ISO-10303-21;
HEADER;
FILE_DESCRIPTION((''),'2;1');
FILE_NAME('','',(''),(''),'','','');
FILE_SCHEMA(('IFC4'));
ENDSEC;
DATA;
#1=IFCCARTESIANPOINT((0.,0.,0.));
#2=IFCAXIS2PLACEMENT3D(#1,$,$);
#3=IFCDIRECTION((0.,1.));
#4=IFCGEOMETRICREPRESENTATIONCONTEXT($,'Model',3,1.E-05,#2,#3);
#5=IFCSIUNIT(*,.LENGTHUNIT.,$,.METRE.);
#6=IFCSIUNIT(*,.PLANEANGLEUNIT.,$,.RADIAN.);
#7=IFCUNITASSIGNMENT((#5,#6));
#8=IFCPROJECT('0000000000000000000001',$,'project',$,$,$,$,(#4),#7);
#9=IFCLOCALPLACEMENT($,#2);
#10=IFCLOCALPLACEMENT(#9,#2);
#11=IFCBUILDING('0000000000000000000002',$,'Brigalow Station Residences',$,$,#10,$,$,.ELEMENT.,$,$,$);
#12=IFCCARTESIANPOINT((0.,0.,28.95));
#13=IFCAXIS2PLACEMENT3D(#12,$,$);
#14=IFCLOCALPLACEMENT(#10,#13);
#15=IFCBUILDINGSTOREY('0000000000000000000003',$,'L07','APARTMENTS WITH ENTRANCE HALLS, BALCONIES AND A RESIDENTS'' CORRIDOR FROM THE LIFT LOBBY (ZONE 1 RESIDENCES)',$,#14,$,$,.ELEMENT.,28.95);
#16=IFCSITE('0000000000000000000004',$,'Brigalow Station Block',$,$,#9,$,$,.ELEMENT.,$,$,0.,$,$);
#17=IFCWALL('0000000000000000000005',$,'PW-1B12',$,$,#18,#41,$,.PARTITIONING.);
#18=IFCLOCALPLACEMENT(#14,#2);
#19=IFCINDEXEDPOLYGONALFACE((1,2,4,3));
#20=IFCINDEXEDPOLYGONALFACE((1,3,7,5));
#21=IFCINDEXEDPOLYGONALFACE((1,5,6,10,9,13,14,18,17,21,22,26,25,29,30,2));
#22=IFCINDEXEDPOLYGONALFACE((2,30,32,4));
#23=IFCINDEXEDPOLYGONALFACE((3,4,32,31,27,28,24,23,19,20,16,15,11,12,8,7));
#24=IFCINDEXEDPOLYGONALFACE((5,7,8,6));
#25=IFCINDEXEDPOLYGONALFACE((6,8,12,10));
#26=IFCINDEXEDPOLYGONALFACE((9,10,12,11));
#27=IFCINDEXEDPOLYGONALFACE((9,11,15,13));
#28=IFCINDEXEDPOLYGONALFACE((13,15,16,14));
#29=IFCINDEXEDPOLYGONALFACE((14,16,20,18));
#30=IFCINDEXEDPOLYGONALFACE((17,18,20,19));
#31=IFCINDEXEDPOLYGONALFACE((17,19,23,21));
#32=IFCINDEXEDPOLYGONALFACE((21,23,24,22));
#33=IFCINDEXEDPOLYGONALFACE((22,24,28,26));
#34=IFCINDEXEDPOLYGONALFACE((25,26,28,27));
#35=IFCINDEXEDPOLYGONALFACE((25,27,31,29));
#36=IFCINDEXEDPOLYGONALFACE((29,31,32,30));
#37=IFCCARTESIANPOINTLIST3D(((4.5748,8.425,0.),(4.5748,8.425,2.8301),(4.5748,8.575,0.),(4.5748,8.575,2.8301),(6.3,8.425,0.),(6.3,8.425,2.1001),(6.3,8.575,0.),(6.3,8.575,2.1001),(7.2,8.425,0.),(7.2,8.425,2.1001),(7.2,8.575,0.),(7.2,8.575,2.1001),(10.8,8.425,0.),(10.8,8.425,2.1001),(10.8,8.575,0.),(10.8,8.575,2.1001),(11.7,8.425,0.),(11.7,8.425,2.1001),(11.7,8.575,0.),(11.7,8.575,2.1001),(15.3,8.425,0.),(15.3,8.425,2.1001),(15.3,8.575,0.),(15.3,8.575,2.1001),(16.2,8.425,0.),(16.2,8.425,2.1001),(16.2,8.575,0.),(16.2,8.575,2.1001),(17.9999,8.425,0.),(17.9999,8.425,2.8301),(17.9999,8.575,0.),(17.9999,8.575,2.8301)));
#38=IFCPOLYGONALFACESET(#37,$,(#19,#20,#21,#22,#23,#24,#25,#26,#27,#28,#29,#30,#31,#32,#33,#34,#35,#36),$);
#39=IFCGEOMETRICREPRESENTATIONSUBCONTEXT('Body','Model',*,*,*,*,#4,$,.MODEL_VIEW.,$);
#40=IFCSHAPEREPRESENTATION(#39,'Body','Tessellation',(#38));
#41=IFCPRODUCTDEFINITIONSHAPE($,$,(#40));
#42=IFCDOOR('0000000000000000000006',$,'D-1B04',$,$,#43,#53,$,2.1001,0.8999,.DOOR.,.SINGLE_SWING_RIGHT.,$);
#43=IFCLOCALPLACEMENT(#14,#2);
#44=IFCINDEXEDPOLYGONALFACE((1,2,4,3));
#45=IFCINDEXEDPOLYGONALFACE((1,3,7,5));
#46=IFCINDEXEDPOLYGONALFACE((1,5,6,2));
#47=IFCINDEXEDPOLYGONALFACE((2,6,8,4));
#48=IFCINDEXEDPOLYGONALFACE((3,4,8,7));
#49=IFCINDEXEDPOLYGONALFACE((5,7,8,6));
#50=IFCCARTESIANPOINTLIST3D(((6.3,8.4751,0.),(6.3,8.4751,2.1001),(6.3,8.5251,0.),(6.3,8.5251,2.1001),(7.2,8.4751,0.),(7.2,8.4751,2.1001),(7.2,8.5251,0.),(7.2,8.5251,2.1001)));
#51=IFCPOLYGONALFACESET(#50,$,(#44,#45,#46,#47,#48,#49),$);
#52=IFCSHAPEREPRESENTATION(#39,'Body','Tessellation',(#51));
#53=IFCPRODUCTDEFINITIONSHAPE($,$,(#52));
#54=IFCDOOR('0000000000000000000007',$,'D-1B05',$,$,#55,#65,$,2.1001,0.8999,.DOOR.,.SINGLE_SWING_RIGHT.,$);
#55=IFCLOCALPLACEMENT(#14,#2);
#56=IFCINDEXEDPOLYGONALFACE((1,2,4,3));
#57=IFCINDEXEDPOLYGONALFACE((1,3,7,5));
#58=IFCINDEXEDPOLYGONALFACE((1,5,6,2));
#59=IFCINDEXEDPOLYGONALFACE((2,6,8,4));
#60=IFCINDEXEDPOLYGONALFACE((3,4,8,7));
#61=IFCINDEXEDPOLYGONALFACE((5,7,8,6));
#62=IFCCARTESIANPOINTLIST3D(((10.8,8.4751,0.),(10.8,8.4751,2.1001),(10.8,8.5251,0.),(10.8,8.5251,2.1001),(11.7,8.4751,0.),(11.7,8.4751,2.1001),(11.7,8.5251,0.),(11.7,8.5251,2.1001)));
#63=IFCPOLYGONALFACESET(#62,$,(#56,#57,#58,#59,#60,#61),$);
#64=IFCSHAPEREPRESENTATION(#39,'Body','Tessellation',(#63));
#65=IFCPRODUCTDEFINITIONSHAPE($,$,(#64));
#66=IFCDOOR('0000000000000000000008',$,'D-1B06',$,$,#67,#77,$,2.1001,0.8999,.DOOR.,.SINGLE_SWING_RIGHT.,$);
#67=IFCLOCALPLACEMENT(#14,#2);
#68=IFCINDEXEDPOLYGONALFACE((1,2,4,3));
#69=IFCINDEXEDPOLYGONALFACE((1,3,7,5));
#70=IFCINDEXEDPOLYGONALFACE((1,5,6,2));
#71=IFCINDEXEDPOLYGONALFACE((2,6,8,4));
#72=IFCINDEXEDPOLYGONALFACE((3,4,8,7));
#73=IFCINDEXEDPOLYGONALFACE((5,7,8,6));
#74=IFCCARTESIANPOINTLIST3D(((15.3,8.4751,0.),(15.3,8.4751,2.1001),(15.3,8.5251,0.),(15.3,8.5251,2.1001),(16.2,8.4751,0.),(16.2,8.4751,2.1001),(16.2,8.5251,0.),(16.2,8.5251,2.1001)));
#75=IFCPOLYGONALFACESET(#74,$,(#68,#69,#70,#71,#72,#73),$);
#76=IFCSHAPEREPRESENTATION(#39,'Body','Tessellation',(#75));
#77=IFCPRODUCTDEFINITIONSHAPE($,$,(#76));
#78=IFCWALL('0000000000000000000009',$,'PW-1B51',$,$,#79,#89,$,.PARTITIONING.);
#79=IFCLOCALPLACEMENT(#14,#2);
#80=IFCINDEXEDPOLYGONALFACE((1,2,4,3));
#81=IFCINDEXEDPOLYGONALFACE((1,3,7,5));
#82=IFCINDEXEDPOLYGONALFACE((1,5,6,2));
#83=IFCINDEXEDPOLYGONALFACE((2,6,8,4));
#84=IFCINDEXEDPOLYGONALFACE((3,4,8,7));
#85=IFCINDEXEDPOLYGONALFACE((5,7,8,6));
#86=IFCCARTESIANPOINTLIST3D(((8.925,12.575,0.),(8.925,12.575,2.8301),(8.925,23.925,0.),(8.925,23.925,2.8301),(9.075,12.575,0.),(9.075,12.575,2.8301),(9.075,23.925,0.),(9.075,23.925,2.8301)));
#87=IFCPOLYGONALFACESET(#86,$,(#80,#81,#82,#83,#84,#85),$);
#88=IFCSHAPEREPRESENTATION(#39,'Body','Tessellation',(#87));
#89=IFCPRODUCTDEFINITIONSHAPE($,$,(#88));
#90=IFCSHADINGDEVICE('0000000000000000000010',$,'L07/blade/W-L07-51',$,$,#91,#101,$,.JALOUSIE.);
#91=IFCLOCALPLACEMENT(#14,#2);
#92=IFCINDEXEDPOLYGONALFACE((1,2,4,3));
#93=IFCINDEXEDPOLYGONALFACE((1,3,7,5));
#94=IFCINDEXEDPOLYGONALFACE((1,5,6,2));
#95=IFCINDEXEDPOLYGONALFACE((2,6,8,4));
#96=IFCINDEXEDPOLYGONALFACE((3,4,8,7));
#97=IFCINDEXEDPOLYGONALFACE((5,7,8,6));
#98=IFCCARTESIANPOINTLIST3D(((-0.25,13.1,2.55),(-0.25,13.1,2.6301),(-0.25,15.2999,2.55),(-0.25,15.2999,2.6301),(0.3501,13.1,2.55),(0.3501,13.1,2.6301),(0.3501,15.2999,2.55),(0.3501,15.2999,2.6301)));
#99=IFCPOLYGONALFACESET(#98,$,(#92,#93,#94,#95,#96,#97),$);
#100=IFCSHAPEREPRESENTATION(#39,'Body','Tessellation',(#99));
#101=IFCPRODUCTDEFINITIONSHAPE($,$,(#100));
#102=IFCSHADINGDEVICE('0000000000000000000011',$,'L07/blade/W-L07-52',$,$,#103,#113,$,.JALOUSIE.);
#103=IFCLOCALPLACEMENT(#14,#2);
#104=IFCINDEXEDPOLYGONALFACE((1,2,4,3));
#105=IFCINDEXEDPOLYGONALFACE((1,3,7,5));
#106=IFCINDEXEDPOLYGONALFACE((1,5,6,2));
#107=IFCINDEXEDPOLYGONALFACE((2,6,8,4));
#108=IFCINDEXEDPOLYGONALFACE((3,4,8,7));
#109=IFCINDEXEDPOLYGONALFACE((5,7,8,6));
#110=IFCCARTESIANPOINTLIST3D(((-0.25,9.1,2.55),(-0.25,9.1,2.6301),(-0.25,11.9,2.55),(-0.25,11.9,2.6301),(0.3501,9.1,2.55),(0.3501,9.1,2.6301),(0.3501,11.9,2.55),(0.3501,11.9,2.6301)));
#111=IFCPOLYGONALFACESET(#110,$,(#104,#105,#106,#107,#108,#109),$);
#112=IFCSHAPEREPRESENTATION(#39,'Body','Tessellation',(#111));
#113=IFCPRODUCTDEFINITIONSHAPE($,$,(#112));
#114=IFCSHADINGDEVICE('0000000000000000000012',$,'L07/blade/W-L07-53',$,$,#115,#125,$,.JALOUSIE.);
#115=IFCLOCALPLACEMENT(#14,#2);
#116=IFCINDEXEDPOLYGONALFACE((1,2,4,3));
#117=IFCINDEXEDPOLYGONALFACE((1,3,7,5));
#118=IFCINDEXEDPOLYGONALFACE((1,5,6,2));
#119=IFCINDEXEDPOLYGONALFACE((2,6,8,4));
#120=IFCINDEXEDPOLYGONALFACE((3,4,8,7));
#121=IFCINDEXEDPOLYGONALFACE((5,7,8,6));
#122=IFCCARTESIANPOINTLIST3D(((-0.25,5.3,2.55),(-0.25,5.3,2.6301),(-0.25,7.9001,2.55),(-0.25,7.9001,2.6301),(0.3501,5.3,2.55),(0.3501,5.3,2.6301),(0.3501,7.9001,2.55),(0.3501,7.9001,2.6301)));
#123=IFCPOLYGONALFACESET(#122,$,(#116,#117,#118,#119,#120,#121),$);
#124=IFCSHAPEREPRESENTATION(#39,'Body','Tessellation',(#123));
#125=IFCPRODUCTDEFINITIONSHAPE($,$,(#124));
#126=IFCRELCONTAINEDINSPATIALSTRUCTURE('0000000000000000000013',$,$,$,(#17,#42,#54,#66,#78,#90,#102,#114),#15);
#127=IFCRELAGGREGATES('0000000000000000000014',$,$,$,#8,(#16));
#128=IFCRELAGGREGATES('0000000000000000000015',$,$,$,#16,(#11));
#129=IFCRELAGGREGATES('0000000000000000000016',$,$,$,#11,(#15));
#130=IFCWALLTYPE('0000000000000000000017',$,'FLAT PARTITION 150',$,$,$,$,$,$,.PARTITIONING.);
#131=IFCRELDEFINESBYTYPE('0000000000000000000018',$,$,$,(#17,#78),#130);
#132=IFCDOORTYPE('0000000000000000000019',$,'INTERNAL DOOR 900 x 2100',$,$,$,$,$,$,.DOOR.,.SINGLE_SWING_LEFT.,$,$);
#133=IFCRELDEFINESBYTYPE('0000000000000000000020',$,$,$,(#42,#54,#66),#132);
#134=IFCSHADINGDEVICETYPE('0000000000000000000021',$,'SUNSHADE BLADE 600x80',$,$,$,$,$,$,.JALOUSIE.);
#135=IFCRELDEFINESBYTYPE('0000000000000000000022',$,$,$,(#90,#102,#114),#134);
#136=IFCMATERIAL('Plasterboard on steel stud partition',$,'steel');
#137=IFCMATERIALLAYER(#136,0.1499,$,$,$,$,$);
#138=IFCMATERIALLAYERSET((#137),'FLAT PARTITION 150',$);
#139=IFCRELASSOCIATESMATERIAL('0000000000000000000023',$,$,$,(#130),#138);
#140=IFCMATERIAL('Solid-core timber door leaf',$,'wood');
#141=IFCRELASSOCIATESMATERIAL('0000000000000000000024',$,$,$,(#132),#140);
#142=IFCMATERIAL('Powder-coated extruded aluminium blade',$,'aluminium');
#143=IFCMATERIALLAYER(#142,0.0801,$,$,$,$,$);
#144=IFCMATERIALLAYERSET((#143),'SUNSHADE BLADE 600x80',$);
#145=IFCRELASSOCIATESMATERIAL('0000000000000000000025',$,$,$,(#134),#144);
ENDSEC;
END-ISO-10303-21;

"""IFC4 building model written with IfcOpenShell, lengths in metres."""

from ifc_helpers import new_model, si_unit, direction, frame, frame_2d, origin, origin_2d, place, context, subcontext, project, spatial, rectangle, extrude, material, layer, layer_set, type_object, element, fill, save


model = new_model("IFC4")

# Units and contexts
model_context = context("Model", 3, precision=1e-05, world=origin(), true_north=direction((0.0, 1.0)))
body_context = subcontext(model_context, "Body", "Model", "MODEL_VIEW")
ifc_project = project(units=[si_unit("LENGTHUNIT", "METRE"), si_unit("PLANEANGLEUNIT", "RADIAN")], contexts=[model_context])

# Site, building, storey
site_placement = place(None, origin())
site = spatial("IfcSite", under=ifc_project, at=site_placement, Name="Brigalow Station Block", CompositionType="ELEMENT", RefElevation=0.0)
building_placement = place(site_placement, origin())
building = spatial("IfcBuilding", under=site, at=building_placement, Name="Brigalow Station Residences", CompositionType="ELEMENT")
storey_placement = place(building_placement, frame((0.0, 0.0, 28.95)))
storey = spatial("IfcBuildingStorey", under=building, at=storey_placement, Name="L07", Description="APARTMENTS WITH ENTRANCE HALLS, BALCONIES AND A RESIDENTS' CORRIDOR FROM THE LIFT LOBBY (ZONE 1 RESIDENCES)", CompositionType="ELEMENT", Elevation=28.95)

# Shared definitions
ifc_material_1 = material(Name="Plasterboard on steel stud partition", Category="steel")
ifc_layer_1 = layer(ifc_material_1, 0.1499)
ifc_layer_set_1 = layer_set([ifc_layer_1], Name="FLAT PARTITION 150")
wall_type_1 = type_object("IfcWallType", Name="FLAT PARTITION 150", PredefinedType="PARTITIONING", material=ifc_layer_set_1)
ifc_material_2 = material(Name="Solid-core timber door leaf", Category="wood")
door_type = type_object("IfcDoorType", Name="INTERNAL DOOR 900 x 2100", OperationType="SINGLE_SWING_LEFT", PredefinedType="DOOR", material=ifc_material_2)

# Wall, openings, doors
wall_1_placement = place(storey_placement, frame((4.575, 8.5, 0.0), z_axis=(0.0, 0.0, 1.0), x_axis=(1.0, 0.0, 0.0)))
wall_1 = element("IfcWall", 1, at=wall_1_placement, inside=storey, type_object=wall_type_1, Name="PW-1B12", PredefinedType="PARTITIONING", context=body_context, shape_type="SweptSolid", body=[
    extrude(rectangle(XDim=13.425, YDim=0.1499, at=frame_2d((6.7124, 0.0))), origin(), (0.0, 0.0, 1.0), 2.8301),
])
opening_1_placement = place(wall_1_placement, frame((1.7251, 0.0, 0.0)))
opening_1 = element("IfcOpeningElement", 2, at=opening_1_placement, cuts=wall_1, PredefinedType="OPENING", context=body_context, shape_type="SweptSolid", body=[
    extrude(rectangle(XDim=0.8999, YDim=2.1001, at=frame_2d((0.45, 1.05))), frame((0.0, 0.085, 0.0), z_axis=(0.0, -1.0, 0.0), x_axis=(1.0, 0.0, 0.0)), (0.0, 0.0, 1.0), 0.1699),
])
opening_2_placement = place(wall_1_placement, frame((6.2251, 0.0, 0.0)))
opening_2 = element("IfcOpeningElement", 3, at=opening_2_placement, cuts=wall_1, PredefinedType="OPENING", context=body_context, shape_type="SweptSolid", body=[
    extrude(rectangle(XDim=0.8999, YDim=2.1001, at=frame_2d((0.45, 1.05))), frame((0.0, 0.085, 0.0), z_axis=(0.0, -1.0, 0.0), x_axis=(1.0, 0.0, 0.0)), (0.0, 0.0, 1.0), 0.1699),
])
opening_3_placement = place(wall_1_placement, frame((10.7251, 0.0, 0.0)))
opening_3 = element("IfcOpeningElement", 4, at=opening_3_placement, cuts=wall_1, PredefinedType="OPENING", context=body_context, shape_type="SweptSolid", body=[
    extrude(rectangle(XDim=0.8999, YDim=2.1001, at=frame_2d((0.45, 1.05))), frame((0.0, 0.085, 0.0), z_axis=(0.0, -1.0, 0.0), x_axis=(1.0, 0.0, 0.0)), (0.0, 0.0, 1.0), 0.1699),
])
door_1_placement = place(opening_1_placement, frame((0.8999, 0.0, 0.0), z_axis=(0.0, 0.0, 1.0), x_axis=(-1.0, 0.0, 0.0)))
door_1 = element("IfcDoor", 5, at=door_1_placement, inside=storey, type_object=door_type, Name="D-1B04", OperationType="SINGLE_SWING_RIGHT", OverallHeight=2.1001, OverallWidth=0.8999, PredefinedType="DOOR", context=body_context, shape_type="SweptSolid", body=[
    extrude(rectangle(XDim=0.8999, YDim=2.1001, at=frame_2d((0.45, 1.05))), frame((0.0, 0.0249, 0.0), z_axis=(0.0, -1.0, 0.0), x_axis=(1.0, 0.0, 0.0)), (0.0, 0.0, 1.0), 0.05),
])
fill(opening_1, door_1)
door_2_placement = place(opening_2_placement, frame((0.8999, 0.0, 0.0), z_axis=(0.0, 0.0, 1.0), x_axis=(-1.0, 0.0, 0.0)))
door_2 = element("IfcDoor", 6, at=door_2_placement, inside=storey, type_object=door_type, Name="D-1B05", OperationType="SINGLE_SWING_RIGHT", OverallHeight=2.1001, OverallWidth=0.8999, PredefinedType="DOOR", context=body_context, shape_type="SweptSolid", body=[
    extrude(rectangle(XDim=0.8999, YDim=2.1001, at=frame_2d((0.45, 1.05))), frame((0.0, 0.0249, 0.0), z_axis=(0.0, -1.0, 0.0), x_axis=(1.0, 0.0, 0.0)), (0.0, 0.0, 1.0), 0.05),
])
fill(opening_2, door_2)
door_3_placement = place(opening_3_placement, frame((0.8999, 0.0, 0.0), z_axis=(0.0, 0.0, 1.0), x_axis=(-1.0, 0.0, 0.0)))
door_3 = element("IfcDoor", 7, at=door_3_placement, inside=storey, type_object=door_type, Name="D-1B06", OperationType="SINGLE_SWING_RIGHT", OverallHeight=2.1001, OverallWidth=0.8999, PredefinedType="DOOR", context=body_context, shape_type="SweptSolid", body=[
    extrude(rectangle(XDim=0.8999, YDim=2.1001, at=frame_2d((0.45, 1.05))), frame((0.0, 0.0249, 0.0), z_axis=(0.0, -1.0, 0.0), x_axis=(1.0, 0.0, 0.0)), (0.0, 0.0, 1.0), 0.05),
])
fill(opening_3, door_3)

# Wall
wall_2_placement = place(storey_placement, frame((9.0, 12.575, 0.0), z_axis=(0.0, 0.0, 1.0), x_axis=(0.0, 1.0, 0.0)))
element("IfcWall", 8, at=wall_2_placement, inside=storey, type_object=wall_type_1, Name="PW-1B51", PredefinedType="PARTITIONING", context=body_context, shape_type="SweptSolid", body=[
    extrude(rectangle(XDim=11.3501, YDim=0.1499, at=frame_2d((5.675, 0.0))), origin(), (0.0, 0.0, 1.0), 2.8301),
])

# Shading devices
ifc_material_3 = material(Name="Powder-coated extruded aluminium blade", Category="aluminium")
ifc_layer_2 = layer(ifc_material_3, 0.0801)
ifc_layer_set_2 = layer_set([ifc_layer_2], Name="SUNSHADE BLADE 600x80")
shading_device_type = type_object("IfcShadingDeviceType", Name="SUNSHADE BLADE 600x80", PredefinedType="JALOUSIE", material=ifc_layer_set_2)
shading_device_1_placement = place(storey_placement, frame((0.05, 14.2, 2.55), z_axis=(0.0, 0.0, 1.0), x_axis=(0.0, -1.0, 0.0)))
element("IfcShadingDevice", 9, at=shading_device_1_placement, inside=storey, type_object=shading_device_type, Name="L07/blade/W-L07-51", PredefinedType="JALOUSIE", context=body_context, shape_type="SweptSolid", body=[
    extrude(rectangle(XDim=2.2, YDim=0.6001, at=origin_2d()), origin(), (0.0, 0.0, 1.0), 0.0801),
])
shading_device_2_placement = place(storey_placement, frame((0.05, 10.5, 2.55), z_axis=(0.0, 0.0, 1.0), x_axis=(0.0, -1.0, 0.0)))
element("IfcShadingDevice", 10, at=shading_device_2_placement, inside=storey, type_object=shading_device_type, Name="L07/blade/W-L07-52", PredefinedType="JALOUSIE", context=body_context, shape_type="SweptSolid", body=[
    extrude(rectangle(XDim=2.8, YDim=0.6001, at=origin_2d()), origin(), (0.0, 0.0, 1.0), 0.0801),
])
shading_device_3_placement = place(storey_placement, frame((0.05, 6.6001, 2.55), z_axis=(0.0, 0.0, 1.0), x_axis=(0.0, -1.0, 0.0)))
element("IfcShadingDevice", 11, at=shading_device_3_placement, inside=storey, type_object=shading_device_type, Name="L07/blade/W-L07-53", PredefinedType="JALOUSIE", context=body_context, shape_type="SweptSolid", body=[
    extrude(rectangle(XDim=2.6001, YDim=0.6001, at=origin_2d()), origin(), (0.0, 0.0, 1.0), 0.0801),
])

save(model, "model.ifc")
